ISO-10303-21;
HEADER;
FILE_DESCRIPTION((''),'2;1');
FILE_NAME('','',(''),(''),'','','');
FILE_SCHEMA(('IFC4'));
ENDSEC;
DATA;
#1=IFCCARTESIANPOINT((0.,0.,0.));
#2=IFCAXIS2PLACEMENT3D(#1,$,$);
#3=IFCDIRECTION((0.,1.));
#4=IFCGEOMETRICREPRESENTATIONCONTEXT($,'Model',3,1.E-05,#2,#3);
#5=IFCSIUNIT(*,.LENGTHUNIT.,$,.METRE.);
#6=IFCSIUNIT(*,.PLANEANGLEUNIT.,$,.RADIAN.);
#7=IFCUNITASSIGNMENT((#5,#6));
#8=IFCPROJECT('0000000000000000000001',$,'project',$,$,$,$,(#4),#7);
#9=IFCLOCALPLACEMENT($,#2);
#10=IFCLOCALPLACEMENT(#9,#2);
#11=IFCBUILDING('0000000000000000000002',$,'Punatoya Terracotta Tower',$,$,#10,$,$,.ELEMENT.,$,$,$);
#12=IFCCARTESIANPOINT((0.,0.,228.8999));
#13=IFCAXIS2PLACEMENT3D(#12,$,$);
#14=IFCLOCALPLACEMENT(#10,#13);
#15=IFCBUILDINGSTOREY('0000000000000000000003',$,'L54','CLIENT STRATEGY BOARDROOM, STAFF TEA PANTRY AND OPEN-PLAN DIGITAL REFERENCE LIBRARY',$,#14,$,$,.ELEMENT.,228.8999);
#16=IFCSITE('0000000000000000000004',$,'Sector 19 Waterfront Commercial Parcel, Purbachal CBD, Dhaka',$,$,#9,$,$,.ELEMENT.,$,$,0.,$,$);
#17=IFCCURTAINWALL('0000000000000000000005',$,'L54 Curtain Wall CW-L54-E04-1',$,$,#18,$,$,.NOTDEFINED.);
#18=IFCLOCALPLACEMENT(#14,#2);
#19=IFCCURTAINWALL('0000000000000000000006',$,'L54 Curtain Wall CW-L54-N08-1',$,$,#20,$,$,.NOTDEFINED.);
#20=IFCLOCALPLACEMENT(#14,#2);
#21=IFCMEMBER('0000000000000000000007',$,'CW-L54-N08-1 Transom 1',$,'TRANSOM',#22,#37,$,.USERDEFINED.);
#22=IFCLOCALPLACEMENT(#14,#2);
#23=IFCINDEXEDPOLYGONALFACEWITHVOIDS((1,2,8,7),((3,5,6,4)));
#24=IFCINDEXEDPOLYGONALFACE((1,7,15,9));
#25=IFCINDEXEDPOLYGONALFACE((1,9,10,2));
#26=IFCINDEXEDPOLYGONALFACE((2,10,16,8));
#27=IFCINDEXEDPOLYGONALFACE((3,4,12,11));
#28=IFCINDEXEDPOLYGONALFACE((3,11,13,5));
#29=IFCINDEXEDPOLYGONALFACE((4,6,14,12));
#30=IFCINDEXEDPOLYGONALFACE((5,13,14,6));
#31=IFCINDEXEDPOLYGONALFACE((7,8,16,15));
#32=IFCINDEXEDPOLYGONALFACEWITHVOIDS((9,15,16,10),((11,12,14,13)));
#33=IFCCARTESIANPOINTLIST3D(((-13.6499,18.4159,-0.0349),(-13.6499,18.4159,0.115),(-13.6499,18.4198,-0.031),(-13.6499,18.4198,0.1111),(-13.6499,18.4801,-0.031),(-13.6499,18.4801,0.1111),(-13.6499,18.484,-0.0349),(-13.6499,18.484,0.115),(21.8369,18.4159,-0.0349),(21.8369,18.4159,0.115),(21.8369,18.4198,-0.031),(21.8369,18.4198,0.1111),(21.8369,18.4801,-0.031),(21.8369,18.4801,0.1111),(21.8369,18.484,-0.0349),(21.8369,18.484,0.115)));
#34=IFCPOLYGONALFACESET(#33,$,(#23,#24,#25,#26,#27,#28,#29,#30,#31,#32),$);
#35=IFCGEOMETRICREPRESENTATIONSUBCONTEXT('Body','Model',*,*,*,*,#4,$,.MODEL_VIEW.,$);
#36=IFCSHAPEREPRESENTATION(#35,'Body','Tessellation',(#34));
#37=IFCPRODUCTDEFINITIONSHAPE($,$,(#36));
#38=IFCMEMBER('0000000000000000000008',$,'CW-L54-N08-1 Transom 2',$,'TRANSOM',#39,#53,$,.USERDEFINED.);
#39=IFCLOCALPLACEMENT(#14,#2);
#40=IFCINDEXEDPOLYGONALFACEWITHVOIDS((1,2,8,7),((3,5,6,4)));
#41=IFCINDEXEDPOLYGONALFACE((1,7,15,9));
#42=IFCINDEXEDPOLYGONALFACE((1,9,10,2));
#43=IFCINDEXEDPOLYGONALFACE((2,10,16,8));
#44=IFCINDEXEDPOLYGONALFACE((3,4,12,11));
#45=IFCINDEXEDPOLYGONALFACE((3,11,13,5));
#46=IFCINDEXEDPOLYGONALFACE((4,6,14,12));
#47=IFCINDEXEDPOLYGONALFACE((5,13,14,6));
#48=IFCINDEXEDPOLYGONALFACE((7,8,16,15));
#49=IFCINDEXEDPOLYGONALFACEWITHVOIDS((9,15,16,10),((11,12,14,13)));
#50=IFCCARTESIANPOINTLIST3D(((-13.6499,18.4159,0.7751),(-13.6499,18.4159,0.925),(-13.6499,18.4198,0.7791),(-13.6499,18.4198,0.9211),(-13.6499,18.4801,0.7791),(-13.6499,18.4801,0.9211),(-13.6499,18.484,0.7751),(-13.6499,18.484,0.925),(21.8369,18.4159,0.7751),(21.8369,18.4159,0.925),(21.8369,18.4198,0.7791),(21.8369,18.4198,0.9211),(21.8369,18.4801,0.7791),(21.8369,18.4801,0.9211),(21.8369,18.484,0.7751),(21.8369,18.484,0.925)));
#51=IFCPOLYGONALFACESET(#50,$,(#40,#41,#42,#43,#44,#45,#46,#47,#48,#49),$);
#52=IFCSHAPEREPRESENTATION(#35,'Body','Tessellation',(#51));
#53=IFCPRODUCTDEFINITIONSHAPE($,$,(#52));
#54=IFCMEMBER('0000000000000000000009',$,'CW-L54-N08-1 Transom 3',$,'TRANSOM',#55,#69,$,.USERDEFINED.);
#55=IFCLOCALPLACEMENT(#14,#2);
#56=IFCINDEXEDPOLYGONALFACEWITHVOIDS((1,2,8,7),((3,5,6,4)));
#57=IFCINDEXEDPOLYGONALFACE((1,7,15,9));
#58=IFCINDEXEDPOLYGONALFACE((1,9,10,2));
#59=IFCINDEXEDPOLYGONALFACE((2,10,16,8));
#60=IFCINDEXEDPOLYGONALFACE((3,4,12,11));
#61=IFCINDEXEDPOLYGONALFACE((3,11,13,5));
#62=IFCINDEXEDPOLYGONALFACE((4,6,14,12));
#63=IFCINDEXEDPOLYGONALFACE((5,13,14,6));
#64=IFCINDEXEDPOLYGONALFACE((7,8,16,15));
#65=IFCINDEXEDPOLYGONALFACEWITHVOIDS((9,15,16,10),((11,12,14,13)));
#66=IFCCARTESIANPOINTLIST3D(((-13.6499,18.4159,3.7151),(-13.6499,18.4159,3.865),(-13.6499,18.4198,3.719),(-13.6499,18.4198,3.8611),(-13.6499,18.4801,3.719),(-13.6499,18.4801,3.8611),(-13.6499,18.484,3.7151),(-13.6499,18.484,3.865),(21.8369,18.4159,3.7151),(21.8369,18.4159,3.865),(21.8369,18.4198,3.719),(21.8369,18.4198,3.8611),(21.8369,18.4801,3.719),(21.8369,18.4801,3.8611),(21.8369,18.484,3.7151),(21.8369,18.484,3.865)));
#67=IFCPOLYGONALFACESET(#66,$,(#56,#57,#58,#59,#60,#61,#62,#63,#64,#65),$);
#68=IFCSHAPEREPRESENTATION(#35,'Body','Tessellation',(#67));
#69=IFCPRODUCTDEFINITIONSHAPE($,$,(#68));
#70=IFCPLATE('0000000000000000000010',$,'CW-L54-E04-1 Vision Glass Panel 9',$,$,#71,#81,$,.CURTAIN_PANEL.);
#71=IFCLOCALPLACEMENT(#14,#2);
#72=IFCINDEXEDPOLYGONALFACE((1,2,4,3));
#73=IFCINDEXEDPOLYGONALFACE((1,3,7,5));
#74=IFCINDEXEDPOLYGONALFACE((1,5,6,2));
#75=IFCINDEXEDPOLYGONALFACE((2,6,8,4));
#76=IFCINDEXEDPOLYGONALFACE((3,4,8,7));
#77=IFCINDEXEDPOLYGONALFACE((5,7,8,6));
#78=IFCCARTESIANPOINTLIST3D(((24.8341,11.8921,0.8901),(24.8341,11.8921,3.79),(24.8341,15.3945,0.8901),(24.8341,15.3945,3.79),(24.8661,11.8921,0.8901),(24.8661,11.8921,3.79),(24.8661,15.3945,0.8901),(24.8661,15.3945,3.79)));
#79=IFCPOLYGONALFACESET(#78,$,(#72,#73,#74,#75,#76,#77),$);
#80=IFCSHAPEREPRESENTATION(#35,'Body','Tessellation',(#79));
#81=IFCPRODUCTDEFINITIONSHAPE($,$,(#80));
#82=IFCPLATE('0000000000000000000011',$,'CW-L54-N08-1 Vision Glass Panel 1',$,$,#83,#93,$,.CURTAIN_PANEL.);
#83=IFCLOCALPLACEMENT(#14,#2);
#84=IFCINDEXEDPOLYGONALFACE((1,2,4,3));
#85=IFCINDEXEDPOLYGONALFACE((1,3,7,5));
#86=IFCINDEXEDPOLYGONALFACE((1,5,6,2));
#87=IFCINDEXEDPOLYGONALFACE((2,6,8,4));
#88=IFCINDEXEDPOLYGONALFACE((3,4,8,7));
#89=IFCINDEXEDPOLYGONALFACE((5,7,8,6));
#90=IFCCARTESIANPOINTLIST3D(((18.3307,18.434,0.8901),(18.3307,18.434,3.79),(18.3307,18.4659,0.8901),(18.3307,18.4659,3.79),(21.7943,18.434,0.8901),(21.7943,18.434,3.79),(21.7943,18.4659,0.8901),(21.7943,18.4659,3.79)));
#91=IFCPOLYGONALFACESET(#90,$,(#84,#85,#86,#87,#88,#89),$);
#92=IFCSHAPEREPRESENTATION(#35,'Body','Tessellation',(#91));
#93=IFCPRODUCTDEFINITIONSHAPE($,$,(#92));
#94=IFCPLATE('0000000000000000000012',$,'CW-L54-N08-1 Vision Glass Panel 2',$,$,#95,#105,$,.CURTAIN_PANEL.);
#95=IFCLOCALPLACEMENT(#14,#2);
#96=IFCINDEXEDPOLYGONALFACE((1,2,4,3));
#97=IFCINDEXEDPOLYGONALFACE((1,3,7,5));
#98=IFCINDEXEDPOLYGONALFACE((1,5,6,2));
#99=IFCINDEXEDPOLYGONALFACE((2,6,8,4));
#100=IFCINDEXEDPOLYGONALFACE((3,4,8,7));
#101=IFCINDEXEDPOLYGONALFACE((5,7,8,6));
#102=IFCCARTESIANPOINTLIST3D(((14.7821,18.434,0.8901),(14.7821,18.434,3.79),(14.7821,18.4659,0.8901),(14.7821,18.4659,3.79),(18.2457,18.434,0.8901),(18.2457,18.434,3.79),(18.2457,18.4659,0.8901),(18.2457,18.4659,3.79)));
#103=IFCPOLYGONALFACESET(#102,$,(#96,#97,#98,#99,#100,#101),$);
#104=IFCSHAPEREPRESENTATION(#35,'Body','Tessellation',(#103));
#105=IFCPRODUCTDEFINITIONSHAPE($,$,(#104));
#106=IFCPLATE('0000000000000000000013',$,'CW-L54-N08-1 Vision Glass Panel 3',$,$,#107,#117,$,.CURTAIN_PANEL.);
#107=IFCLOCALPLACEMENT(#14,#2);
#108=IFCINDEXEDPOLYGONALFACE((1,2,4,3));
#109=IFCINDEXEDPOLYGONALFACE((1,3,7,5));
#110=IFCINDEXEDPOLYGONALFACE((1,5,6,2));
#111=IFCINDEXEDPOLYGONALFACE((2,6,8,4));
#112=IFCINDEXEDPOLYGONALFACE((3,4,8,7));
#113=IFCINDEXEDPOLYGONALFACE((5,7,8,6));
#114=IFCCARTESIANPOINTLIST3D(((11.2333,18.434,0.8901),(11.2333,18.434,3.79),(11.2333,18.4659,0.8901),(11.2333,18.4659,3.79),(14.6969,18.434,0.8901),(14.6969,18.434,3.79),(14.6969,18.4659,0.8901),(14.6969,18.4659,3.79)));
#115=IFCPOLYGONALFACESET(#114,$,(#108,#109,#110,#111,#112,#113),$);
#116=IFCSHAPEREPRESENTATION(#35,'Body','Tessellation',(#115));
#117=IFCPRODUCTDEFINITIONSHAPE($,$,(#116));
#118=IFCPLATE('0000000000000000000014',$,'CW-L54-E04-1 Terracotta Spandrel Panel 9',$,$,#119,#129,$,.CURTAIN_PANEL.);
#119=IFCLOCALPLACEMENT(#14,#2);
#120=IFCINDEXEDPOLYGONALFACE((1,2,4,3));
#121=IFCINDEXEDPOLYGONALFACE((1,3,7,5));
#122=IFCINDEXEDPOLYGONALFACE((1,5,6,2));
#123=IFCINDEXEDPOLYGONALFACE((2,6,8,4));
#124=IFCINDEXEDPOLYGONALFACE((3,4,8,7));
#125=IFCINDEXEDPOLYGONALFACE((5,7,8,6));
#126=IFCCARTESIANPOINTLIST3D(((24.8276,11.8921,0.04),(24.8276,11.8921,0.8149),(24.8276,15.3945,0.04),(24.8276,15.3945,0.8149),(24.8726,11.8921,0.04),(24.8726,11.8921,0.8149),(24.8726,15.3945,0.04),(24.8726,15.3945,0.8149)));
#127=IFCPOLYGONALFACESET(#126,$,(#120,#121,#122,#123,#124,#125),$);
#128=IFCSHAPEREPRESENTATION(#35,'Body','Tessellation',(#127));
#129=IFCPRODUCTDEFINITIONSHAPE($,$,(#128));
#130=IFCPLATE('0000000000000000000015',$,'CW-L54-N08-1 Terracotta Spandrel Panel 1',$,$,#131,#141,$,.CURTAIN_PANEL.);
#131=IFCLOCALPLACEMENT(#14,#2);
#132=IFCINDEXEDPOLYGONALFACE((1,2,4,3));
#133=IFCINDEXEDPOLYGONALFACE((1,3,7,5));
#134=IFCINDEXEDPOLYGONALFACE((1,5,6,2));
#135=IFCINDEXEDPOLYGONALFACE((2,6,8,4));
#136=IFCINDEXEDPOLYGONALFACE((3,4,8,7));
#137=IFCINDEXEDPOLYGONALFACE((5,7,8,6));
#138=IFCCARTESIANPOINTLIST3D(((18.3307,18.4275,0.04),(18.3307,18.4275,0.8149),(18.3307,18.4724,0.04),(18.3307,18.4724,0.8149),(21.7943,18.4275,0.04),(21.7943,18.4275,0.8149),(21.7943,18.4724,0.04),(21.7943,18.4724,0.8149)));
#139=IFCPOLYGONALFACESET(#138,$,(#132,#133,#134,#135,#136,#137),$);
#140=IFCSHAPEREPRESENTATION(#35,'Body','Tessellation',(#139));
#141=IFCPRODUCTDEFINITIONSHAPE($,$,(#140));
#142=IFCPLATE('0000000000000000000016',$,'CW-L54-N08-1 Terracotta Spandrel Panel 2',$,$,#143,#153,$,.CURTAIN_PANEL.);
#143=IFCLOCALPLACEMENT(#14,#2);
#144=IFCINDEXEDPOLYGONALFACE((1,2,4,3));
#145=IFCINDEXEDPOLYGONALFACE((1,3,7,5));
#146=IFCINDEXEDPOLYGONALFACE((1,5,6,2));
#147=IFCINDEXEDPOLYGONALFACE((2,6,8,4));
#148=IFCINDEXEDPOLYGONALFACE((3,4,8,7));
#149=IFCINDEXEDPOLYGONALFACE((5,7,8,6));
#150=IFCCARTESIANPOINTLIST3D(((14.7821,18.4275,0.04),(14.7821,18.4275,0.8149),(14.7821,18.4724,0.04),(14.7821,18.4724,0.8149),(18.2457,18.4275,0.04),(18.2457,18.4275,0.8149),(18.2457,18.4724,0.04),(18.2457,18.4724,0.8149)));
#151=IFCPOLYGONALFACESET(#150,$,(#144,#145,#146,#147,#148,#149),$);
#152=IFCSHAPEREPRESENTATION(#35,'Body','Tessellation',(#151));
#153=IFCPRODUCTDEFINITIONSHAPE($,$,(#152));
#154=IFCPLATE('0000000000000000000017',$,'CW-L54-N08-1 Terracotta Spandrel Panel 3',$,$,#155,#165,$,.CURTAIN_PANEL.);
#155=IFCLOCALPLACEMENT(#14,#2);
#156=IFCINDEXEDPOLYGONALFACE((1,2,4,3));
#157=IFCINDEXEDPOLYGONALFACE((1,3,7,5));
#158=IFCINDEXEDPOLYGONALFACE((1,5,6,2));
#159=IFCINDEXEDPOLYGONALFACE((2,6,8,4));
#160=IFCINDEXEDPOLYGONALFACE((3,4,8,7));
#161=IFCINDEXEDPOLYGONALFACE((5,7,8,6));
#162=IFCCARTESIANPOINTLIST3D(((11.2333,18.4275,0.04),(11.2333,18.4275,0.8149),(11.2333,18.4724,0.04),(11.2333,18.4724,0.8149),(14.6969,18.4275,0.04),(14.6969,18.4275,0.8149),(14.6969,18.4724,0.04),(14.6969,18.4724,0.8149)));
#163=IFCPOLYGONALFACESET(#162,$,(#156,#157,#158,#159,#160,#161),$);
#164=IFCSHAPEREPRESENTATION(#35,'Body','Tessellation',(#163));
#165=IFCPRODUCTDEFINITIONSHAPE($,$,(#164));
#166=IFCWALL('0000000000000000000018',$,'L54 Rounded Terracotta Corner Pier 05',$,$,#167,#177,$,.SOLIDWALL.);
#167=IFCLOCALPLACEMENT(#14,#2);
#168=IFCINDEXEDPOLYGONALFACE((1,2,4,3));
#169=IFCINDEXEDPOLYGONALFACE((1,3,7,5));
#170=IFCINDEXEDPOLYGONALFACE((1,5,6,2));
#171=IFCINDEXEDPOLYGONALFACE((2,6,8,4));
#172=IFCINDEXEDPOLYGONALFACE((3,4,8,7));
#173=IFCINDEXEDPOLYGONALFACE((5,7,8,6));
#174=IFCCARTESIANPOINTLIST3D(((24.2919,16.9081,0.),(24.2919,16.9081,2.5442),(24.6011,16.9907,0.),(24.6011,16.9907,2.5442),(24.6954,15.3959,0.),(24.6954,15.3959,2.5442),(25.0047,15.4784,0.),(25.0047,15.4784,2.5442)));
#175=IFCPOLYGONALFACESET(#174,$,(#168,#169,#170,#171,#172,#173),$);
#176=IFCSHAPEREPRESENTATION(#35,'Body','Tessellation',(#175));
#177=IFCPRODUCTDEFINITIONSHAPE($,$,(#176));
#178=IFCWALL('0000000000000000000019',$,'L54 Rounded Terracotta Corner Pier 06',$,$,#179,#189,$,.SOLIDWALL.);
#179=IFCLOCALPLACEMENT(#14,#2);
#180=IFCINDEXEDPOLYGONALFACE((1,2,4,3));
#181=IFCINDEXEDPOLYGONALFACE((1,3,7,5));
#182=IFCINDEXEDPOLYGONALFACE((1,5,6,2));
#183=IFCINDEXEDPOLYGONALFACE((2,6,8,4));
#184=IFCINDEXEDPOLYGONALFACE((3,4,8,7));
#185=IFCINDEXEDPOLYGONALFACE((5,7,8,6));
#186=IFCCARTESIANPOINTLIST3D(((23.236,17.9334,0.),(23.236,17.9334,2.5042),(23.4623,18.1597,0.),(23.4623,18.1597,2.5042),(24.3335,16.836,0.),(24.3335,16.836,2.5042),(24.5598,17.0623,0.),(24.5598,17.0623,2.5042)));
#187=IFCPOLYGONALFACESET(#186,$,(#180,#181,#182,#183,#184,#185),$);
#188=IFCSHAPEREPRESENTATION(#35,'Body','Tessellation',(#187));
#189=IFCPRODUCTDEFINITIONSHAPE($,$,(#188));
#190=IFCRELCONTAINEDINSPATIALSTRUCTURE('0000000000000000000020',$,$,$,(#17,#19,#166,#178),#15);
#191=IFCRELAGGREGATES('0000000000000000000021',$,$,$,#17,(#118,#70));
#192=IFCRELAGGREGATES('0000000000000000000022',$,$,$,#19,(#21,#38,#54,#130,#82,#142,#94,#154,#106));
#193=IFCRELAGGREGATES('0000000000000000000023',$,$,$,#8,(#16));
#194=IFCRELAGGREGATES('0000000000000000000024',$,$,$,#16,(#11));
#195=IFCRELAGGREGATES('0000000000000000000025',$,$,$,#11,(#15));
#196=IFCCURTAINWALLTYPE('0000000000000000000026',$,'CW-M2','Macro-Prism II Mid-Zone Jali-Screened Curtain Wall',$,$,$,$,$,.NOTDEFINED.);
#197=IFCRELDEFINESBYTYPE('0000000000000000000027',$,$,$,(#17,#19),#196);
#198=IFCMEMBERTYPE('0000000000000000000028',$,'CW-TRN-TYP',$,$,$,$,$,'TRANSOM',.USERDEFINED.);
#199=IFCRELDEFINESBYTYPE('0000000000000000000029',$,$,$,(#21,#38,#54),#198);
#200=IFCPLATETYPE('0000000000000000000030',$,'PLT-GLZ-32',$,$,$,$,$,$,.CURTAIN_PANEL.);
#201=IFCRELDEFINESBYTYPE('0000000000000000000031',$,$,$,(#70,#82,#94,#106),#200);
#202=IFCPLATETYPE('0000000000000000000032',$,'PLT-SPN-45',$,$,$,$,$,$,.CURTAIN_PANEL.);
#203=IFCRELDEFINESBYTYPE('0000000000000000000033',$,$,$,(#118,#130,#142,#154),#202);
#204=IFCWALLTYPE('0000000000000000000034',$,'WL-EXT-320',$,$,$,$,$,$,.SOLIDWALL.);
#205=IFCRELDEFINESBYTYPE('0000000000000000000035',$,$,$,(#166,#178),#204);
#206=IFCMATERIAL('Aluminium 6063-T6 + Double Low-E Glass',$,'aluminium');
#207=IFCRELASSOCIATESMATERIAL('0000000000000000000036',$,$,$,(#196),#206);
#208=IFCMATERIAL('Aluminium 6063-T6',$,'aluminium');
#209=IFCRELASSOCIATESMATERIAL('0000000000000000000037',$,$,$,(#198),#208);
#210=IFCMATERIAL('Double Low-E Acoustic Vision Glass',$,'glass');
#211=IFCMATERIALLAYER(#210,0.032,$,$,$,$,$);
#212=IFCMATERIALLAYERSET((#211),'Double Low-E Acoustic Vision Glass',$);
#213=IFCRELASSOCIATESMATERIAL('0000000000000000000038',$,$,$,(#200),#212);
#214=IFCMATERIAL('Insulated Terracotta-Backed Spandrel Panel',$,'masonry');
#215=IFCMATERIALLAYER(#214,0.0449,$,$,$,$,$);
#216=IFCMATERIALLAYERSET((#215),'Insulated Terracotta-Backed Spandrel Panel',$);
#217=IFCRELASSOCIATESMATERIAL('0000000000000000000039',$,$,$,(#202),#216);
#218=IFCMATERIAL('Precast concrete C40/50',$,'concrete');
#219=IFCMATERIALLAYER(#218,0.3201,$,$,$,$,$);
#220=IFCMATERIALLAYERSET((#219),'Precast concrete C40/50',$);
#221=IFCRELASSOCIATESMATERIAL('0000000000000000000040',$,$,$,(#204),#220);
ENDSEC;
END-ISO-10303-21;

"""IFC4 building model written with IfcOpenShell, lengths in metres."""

from ifc_helpers import new_model, si_unit, direction, frame, frame_2d, origin, origin_2d, place, context, subcontext, project, spatial, rectangle, hollow_rectangle, extrude, material, layer, layer_set, material_profile, profile_set, type_object, element, aggregate, save


model = new_model("IFC4")

# Units and contexts
model_context = context("Model", 3, precision=1e-05, world=origin(), true_north=direction((0.0, 1.0)))
body_context = subcontext(model_context, "Body", "Model", "MODEL_VIEW")
ifc_project = project(units=[si_unit("LENGTHUNIT", "METRE"), si_unit("PLANEANGLEUNIT", "RADIAN")], contexts=[model_context])

# Site, building, storey
site_placement = place(None, origin())
site = spatial("IfcSite", under=ifc_project, at=site_placement, Name="Sector 19 Waterfront Commercial Parcel, Purbachal CBD, Dhaka", CompositionType="ELEMENT", RefElevation=0.0)
building_placement = place(site_placement, origin())
building = spatial("IfcBuilding", under=site, at=building_placement, Name="Punatoya Terracotta Tower", CompositionType="ELEMENT")
storey_placement = place(building_placement, frame((0.0, 0.0, 228.8999)))
storey = spatial("IfcBuildingStorey", under=building, at=storey_placement, Name="L54", Description="CLIENT STRATEGY BOARDROOM, STAFF TEA PANTRY AND OPEN-PLAN DIGITAL REFERENCE LIBRARY", CompositionType="ELEMENT", Elevation=228.8999)

# Curtain wall
ifc_material_1 = material(Name="Aluminium 6063-T6 + Double Low-E Glass", Category="aluminium")
curtain_wall_type = type_object("IfcCurtainWallType", Name="CW-M2", Description="Macro-Prism II Mid-Zone Jali-Screened Curtain Wall", PredefinedType="NOTDEFINED", material=ifc_material_1)
curtain_wall_1_placement = place(storey_placement, origin())
curtain_wall_1 = element("IfcCurtainWall", 1, at=curtain_wall_1_placement, inside=storey, type_object=curtain_wall_type, Name="L54 Curtain Wall CW-L54-E04-1", PredefinedType="NOTDEFINED")
ifc_material_2 = material(Name="Aluminium 6063-T6", Category="aluminium")

# Curtain wall, members
curtain_wall_2_placement = place(storey_placement, origin())
curtain_wall_2 = element("IfcCurtainWall", 2, at=curtain_wall_2_placement, inside=storey, type_object=curtain_wall_type, Name="L54 Curtain Wall CW-L54-N08-1", PredefinedType="NOTDEFINED")
ifc_material_profile_1 = material_profile(ifc_material_2, hollow_rectangle(XDim=0.0681, YDim=0.1499, WallThickness=0.0039, at=origin_2d()))
ifc_profile_set_1 = profile_set([ifc_material_profile_1], Name="Aluminium 6063-T6")
member_type_1 = type_object("IfcMemberType", Name="CW-TRN-TYP", ElementType="TRANSOM", PredefinedType="USERDEFINED", material=ifc_profile_set_1)
member_1_placement = place(storey_placement, frame((21.8369, 18.45, 0.04), z_axis=(-1.0, 0.0, 0.0), x_axis=(0.0, -1.0, 0.0)))
member_1 = element("IfcMember", 3, at=member_1_placement, type_object=member_type_1, Name="CW-L54-N08-1 Transom 1", ObjectType="TRANSOM", PredefinedType="USERDEFINED", context=body_context, shape_type="SweptSolid", body=[
    extrude(hollow_rectangle(XDim=0.0681, YDim=0.1499, WallThickness=0.0039, at=origin_2d()), origin(), (0.0, 0.0, 1.0), 35.4868),
])
member_2_placement = place(storey_placement, frame((21.8369, 18.45, 0.8501), z_axis=(-1.0, 0.0, 0.0), x_axis=(0.0, -1.0, 0.0)))
member_2 = element("IfcMember", 4, at=member_2_placement, type_object=member_type_1, Name="CW-L54-N08-1 Transom 2", ObjectType="TRANSOM", PredefinedType="USERDEFINED", context=body_context, shape_type="SweptSolid", body=[
    extrude(hollow_rectangle(XDim=0.0681, YDim=0.1499, WallThickness=0.0039, at=origin_2d()), origin(), (0.0, 0.0, 1.0), 35.4868),
])
member_3_placement = place(storey_placement, frame((21.8369, 18.45, 3.79), z_axis=(-1.0, 0.0, 0.0), x_axis=(0.0, -1.0, 0.0)))
member_3 = element("IfcMember", 5, at=member_3_placement, type_object=member_type_1, Name="CW-L54-N08-1 Transom 3", ObjectType="TRANSOM", PredefinedType="USERDEFINED", context=body_context, shape_type="SweptSolid", body=[
    extrude(hollow_rectangle(XDim=0.0681, YDim=0.1499, WallThickness=0.0039, at=origin_2d()), origin(), (0.0, 0.0, 1.0), 35.4868),
])

# Plates
ifc_material_3 = material(Name="Double Low-E Acoustic Vision Glass", Category="glass")
ifc_layer_1 = layer(ifc_material_3, 0.032)
ifc_layer_set_1 = layer_set([ifc_layer_1], Name="Double Low-E Acoustic Vision Glass")
plate_type_1 = type_object("IfcPlateType", Name="PLT-GLZ-32", PredefinedType="CURTAIN_PANEL", material=ifc_layer_set_1)
plate_1_placement = place(storey_placement, frame((24.8501, 13.6433, 0.8901), z_axis=(0.0, 0.0, 1.0), x_axis=(0.0, 1.0, 0.0)))
plate_1 = element("IfcPlate", 6, at=plate_1_placement, type_object=plate_type_1, Name="CW-L54-E04-1 Vision Glass Panel 9", PredefinedType="CURTAIN_PANEL", context=body_context, shape_type="SweptSolid", body=[
    extrude(rectangle(XDim=3.5024, YDim=0.032, at=origin_2d()), origin(), (0.0, 0.0, 1.0), 2.8999),
])
plate_2_placement = place(storey_placement, frame((20.0625, 18.45, 0.8901), z_axis=(0.0, 0.0, 1.0), x_axis=(-1.0, 0.0, 0.0)))
plate_2 = element("IfcPlate", 7, at=plate_2_placement, type_object=plate_type_1, Name="CW-L54-N08-1 Vision Glass Panel 1", PredefinedType="CURTAIN_PANEL", context=body_context, shape_type="SweptSolid", body=[
    extrude(rectangle(XDim=3.4636, YDim=0.032, at=origin_2d()), origin(), (0.0, 0.0, 1.0), 2.8999),
])
plate_3_placement = place(storey_placement, frame((16.5139, 18.45, 0.8901), z_axis=(0.0, 0.0, 1.0), x_axis=(-1.0, 0.0, 0.0)))
plate_3 = element("IfcPlate", 8, at=plate_3_placement, type_object=plate_type_1, Name="CW-L54-N08-1 Vision Glass Panel 2", PredefinedType="CURTAIN_PANEL", context=body_context, shape_type="SweptSolid", body=[
    extrude(rectangle(XDim=3.4636, YDim=0.032, at=origin_2d()), origin(), (0.0, 0.0, 1.0), 2.8999),
])
plate_4_placement = place(storey_placement, frame((12.9651, 18.45, 0.8901), z_axis=(0.0, 0.0, 1.0), x_axis=(-1.0, 0.0, 0.0)))
plate_4 = element("IfcPlate", 9, at=plate_4_placement, type_object=plate_type_1, Name="CW-L54-N08-1 Vision Glass Panel 3", PredefinedType="CURTAIN_PANEL", context=body_context, shape_type="SweptSolid", body=[
    extrude(rectangle(XDim=3.4636, YDim=0.032, at=origin_2d()), origin(), (0.0, 0.0, 1.0), 2.8999),
])
ifc_material_4 = material(Name="Insulated Terracotta-Backed Spandrel Panel", Category="masonry")
ifc_layer_2 = layer(ifc_material_4, 0.0449)
ifc_layer_set_2 = layer_set([ifc_layer_2], Name="Insulated Terracotta-Backed Spandrel Panel")
plate_type_2 = type_object("IfcPlateType", Name="PLT-SPN-45", PredefinedType="CURTAIN_PANEL", material=ifc_layer_set_2)
plate_5_placement = place(storey_placement, frame((24.8501, 13.6433, 0.04), z_axis=(0.0, 0.0, 1.0), x_axis=(0.0, 1.0, 0.0)))
plate_5 = element("IfcPlate", 10, at=plate_5_placement, type_object=plate_type_2, Name="CW-L54-E04-1 Terracotta Spandrel Panel 9", PredefinedType="CURTAIN_PANEL", context=body_context, shape_type="SweptSolid", body=[
    extrude(rectangle(XDim=3.5024, YDim=0.0449, at=origin_2d()), origin(), (0.0, 0.0, 1.0), 0.7749),
])
aggregate(curtain_wall_1, [plate_5, plate_1])
plate_6_placement = place(storey_placement, frame((20.0625, 18.45, 0.04), z_axis=(0.0, 0.0, 1.0), x_axis=(-1.0, 0.0, 0.0)))
plate_6 = element("IfcPlate", 11, at=plate_6_placement, type_object=plate_type_2, Name="CW-L54-N08-1 Terracotta Spandrel Panel 1", PredefinedType="CURTAIN_PANEL", context=body_context, shape_type="SweptSolid", body=[
    extrude(rectangle(XDim=3.4636, YDim=0.0449, at=origin_2d()), origin(), (0.0, 0.0, 1.0), 0.7749),
])
plate_7_placement = place(storey_placement, frame((16.5139, 18.45, 0.04), z_axis=(0.0, 0.0, 1.0), x_axis=(-1.0, 0.0, 0.0)))
plate_7 = element("IfcPlate", 12, at=plate_7_placement, type_object=plate_type_2, Name="CW-L54-N08-1 Terracotta Spandrel Panel 2", PredefinedType="CURTAIN_PANEL", context=body_context, shape_type="SweptSolid", body=[
    extrude(rectangle(XDim=3.4636, YDim=0.0449, at=origin_2d()), origin(), (0.0, 0.0, 1.0), 0.7749),
])
plate_8_placement = place(storey_placement, frame((12.9651, 18.45, 0.04), z_axis=(0.0, 0.0, 1.0), x_axis=(-1.0, 0.0, 0.0)))
plate_8 = element("IfcPlate", 13, at=plate_8_placement, type_object=plate_type_2, Name="CW-L54-N08-1 Terracotta Spandrel Panel 3", PredefinedType="CURTAIN_PANEL", context=body_context, shape_type="SweptSolid", body=[
    extrude(rectangle(XDim=3.4636, YDim=0.0449, at=origin_2d()), origin(), (0.0, 0.0, 1.0), 0.7749),
])
aggregate(curtain_wall_2, [member_1, member_2, member_3, plate_6, plate_2, plate_7, plate_3, plate_8, plate_4])

# Walls
ifc_material_5 = material(Name="Precast concrete C40/50", Category="concrete")
ifc_layer_3 = layer(ifc_material_5, 0.3201)
ifc_layer_set_3 = layer_set([ifc_layer_3], Name="Precast concrete C40/50")
wall_type = type_object("IfcWallType", Name="WL-EXT-320", PredefinedType="SOLIDWALL", material=ifc_layer_set_3)
wall_1_placement = place(storey_placement, frame((24.8501, 15.437, 0.0), z_axis=(0.0, 0.0, 1.0), x_axis=(-0.257847, 0.966186, 0.0)))
element("IfcWall", 14, at=wall_1_placement, inside=storey, type_object=wall_type, Name="L54 Rounded Terracotta Corner Pier 05", PredefinedType="SOLIDWALL", context=body_context, shape_type="SweptSolid", body=[
    extrude(rectangle(XDim=1.5652, YDim=0.3201, at=frame_2d((0.7827, 0.0))), origin(), (0.0, 0.0, 1.0), 2.5442),
])
wall_2_placement = place(storey_placement, frame((24.4465, 16.9492, 0.0), z_axis=(0.0, 0.0, 1.0), x_axis=(-0.707107, 0.707107, 0.0)))
element("IfcWall", 15, at=wall_2_placement, inside=storey, type_object=wall_type, Name="L54 Rounded Terracotta Corner Pier 06", PredefinedType="SOLIDWALL", context=body_context, shape_type="SweptSolid", body=[
    extrude(rectangle(XDim=1.552, YDim=0.3201, at=frame_2d((0.7759, 0.0))), origin(), (0.0, 0.0, 1.0), 2.5042),
])

save(model, "model.ifc")
